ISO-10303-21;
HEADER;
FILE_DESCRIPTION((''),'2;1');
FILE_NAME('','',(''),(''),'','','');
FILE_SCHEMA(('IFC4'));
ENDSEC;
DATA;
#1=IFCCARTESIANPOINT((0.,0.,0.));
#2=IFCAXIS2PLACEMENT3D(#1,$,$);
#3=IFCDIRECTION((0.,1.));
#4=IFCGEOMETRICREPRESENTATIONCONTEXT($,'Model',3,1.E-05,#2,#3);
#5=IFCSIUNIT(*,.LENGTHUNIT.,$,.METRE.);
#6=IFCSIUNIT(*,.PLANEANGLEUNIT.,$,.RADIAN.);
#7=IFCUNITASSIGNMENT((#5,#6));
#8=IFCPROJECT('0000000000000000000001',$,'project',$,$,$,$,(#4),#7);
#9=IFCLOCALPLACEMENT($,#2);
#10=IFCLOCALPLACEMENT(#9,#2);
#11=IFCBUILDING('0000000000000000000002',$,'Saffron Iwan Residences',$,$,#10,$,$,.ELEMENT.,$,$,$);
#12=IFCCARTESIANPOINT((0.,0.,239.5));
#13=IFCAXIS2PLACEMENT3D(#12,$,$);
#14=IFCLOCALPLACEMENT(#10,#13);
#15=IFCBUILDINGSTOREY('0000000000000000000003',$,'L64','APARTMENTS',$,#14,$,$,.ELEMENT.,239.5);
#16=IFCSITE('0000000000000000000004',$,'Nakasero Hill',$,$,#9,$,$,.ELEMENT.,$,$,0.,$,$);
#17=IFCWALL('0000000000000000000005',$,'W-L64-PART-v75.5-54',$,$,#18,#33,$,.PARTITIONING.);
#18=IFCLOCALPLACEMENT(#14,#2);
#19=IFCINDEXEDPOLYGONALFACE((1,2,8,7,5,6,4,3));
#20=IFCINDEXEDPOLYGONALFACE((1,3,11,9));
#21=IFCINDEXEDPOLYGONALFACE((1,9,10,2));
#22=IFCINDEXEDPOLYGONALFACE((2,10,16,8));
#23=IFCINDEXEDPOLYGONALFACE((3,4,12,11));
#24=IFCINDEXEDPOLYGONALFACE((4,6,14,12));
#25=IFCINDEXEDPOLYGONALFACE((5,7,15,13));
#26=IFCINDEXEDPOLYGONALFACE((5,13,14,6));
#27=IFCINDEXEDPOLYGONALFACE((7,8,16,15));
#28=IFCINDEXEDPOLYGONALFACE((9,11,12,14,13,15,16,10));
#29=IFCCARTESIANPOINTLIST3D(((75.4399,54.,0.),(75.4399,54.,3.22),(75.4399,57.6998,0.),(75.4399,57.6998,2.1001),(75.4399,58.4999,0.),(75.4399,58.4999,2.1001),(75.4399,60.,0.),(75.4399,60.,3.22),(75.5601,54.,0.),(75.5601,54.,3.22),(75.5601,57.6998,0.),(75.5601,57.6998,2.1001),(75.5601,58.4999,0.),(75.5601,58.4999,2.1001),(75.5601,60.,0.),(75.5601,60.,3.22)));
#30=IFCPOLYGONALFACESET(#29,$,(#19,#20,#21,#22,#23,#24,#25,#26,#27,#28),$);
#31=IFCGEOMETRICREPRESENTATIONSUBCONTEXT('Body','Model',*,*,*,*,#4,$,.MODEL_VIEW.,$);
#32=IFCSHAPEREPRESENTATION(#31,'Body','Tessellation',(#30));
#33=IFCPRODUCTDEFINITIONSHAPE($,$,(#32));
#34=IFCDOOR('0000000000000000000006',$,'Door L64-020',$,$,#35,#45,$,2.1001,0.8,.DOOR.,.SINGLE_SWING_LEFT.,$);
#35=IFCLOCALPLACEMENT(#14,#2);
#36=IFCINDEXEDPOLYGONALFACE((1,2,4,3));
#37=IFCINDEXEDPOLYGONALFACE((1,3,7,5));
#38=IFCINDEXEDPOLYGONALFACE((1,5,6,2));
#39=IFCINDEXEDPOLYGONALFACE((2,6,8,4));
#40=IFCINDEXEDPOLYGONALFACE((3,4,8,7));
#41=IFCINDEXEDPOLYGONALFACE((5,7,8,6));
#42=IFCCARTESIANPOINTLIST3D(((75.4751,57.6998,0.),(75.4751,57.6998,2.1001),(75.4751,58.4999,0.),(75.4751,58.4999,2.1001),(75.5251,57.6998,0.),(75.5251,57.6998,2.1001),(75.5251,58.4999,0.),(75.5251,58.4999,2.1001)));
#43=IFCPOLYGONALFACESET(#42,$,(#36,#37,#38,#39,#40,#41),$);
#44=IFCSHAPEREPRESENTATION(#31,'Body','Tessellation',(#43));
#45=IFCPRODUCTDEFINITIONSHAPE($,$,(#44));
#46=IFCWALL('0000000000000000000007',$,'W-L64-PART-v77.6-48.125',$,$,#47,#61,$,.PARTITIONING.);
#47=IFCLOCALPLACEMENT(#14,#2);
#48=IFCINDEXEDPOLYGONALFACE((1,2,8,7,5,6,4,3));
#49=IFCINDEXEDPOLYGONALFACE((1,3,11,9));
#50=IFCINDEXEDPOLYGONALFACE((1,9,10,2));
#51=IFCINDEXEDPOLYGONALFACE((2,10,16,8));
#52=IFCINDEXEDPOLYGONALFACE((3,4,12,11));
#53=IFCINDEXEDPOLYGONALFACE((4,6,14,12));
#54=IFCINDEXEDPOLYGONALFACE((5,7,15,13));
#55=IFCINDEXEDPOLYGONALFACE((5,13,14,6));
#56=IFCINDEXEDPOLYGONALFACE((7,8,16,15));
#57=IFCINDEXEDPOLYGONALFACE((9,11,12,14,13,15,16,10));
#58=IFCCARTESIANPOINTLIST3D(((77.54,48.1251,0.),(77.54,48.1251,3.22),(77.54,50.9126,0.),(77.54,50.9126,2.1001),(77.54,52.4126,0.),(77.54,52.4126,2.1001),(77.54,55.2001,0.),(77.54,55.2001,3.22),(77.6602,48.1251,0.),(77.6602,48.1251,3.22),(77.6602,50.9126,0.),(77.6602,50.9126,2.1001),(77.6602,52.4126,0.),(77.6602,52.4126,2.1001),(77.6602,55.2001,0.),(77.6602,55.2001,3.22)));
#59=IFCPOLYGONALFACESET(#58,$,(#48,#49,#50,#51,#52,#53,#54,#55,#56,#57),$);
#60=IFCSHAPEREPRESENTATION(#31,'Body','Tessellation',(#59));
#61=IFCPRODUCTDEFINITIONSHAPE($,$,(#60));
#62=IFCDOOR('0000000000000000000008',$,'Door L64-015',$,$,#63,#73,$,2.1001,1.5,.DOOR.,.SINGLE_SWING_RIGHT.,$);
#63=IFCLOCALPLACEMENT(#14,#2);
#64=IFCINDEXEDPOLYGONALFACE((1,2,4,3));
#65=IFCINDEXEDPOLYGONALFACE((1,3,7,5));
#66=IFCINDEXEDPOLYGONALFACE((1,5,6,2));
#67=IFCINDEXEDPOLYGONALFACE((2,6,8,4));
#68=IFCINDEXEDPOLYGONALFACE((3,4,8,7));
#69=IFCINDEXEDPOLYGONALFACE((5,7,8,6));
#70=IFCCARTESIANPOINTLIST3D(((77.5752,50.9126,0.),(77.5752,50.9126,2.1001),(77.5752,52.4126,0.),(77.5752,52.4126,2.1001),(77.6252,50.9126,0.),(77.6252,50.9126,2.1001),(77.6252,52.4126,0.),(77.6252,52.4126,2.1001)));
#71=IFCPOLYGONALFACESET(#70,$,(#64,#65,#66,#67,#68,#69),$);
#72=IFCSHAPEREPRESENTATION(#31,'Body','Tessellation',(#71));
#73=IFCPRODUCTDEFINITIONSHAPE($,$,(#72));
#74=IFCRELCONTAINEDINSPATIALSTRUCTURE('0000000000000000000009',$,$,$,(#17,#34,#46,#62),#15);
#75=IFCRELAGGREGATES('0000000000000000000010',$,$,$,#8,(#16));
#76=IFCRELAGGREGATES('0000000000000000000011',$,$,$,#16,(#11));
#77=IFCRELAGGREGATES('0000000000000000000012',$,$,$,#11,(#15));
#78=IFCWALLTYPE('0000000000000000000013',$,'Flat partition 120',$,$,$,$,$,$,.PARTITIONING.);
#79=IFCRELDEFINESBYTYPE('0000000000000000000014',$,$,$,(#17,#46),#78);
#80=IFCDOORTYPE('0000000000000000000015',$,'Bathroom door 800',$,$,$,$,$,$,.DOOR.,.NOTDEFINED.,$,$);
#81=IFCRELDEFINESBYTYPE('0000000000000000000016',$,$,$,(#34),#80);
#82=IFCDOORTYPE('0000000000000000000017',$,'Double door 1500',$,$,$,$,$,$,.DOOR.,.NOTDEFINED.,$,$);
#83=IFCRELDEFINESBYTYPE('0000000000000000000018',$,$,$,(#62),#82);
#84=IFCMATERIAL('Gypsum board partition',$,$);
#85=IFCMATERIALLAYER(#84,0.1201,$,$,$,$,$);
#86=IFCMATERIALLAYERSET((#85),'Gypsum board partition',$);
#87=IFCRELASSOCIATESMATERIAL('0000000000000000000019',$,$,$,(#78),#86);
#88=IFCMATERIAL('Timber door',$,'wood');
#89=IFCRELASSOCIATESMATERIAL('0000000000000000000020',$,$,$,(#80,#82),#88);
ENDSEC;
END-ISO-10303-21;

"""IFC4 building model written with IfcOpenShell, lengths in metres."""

from ifc_helpers import new_model, si_unit, direction, frame, frame_2d, origin, place, context, subcontext, project, spatial, rectangle, extrude, material, layer, layer_set, type_object, element, fill, save


model = new_model("IFC4")

# Units and contexts
model_context = context("Model", 3, precision=1e-05, world=origin(), true_north=direction((0.0, 1.0)))
body_context = subcontext(model_context, "Body", "Model", "MODEL_VIEW")
ifc_project = project(units=[si_unit("LENGTHUNIT", "METRE"), si_unit("PLANEANGLEUNIT", "RADIAN")], contexts=[model_context])

# Site, building, storey
site_placement = place(None, origin())
site = spatial("IfcSite", under=ifc_project, at=site_placement, Name="Nakasero Hill", CompositionType="ELEMENT", RefElevation=0.0)
building_placement = place(site_placement, origin())
building = spatial("IfcBuilding", under=site, at=building_placement, Name="Saffron Iwan Residences", CompositionType="ELEMENT")
storey_placement = place(building_placement, frame((0.0, 0.0, 239.5)))
storey = spatial("IfcBuildingStorey", under=building, at=storey_placement, Name="L64", Description="APARTMENTS", CompositionType="ELEMENT", Elevation=239.5)

# Shared definitions
ifc_material_1 = material(Name="Gypsum board partition")
ifc_layer_1 = layer(ifc_material_1, 0.1201)
ifc_layer_set_1 = layer_set([ifc_layer_1], Name="Gypsum board partition")
wall_type_1 = type_object("IfcWallType", Name="Flat partition 120", PredefinedType="PARTITIONING", material=ifc_layer_set_1)
ifc_material_2 = material(Name="Timber door", Category="wood")
door_type_1 = type_object("IfcDoorType", Name="Bathroom door 800", OperationType="NOTDEFINED", PredefinedType="DOOR", material=ifc_material_2)

# Walls, openings, doors
wall_1_placement = place(storey_placement, frame((75.5, 54.0, 0.0), z_axis=(0.0, 0.0, 1.0), x_axis=(0.0, 1.0, 0.0)))
wall_1 = element("IfcWall", 1, at=wall_1_placement, inside=storey, type_object=wall_type_1, Name="W-L64-PART-v75.5-54", PredefinedType="PARTITIONING", context=body_context, shape_type="SweptSolid", body=[
    extrude(rectangle(XDim=6.0, YDim=0.1201, at=frame_2d((3.0, 0.0))), origin(), (0.0, 0.0, 1.0), 3.22),
])
opening_1_placement = place(wall_1_placement, frame((3.7, 0.0, 0.0)))
opening_1 = element("IfcOpeningElement", 2, at=opening_1_placement, cuts=wall_1, PredefinedType="OPENING", context=body_context, shape_type="SweptSolid", body=[
    extrude(rectangle(XDim=0.8, YDim=2.1001, at=frame_2d((0.3999, 1.05))), frame((0.0, 0.0701, 0.0), z_axis=(0.0, -1.0, 0.0), x_axis=(1.0, 0.0, 0.0)), (0.0, 0.0, 1.0), 0.1401),
])
door_1_placement = place(opening_1_placement, origin())
door_1 = element("IfcDoor", 3, at=door_1_placement, inside=storey, type_object=door_type_1, Name="Door L64-020", OperationType="SINGLE_SWING_LEFT", OverallHeight=2.1001, OverallWidth=0.8, PredefinedType="DOOR", context=body_context, shape_type="SweptSolid", body=[
    extrude(rectangle(XDim=0.8, YDim=2.1001, at=frame_2d((0.3999, 1.05))), frame((0.0, 0.0249, 0.0), z_axis=(0.0, -1.0, 0.0), x_axis=(1.0, 0.0, 0.0)), (0.0, 0.0, 1.0), 0.05),
])
fill(opening_1, door_1)
wall_2_placement = place(storey_placement, frame((77.6001, 48.125, 0.0), z_axis=(0.0, 0.0, 1.0), x_axis=(0.0, 1.0, 0.0)))
wall_2 = element("IfcWall", 4, at=wall_2_placement, inside=storey, type_object=wall_type_1, Name="W-L64-PART-v77.6-48.125", PredefinedType="PARTITIONING", context=body_context, shape_type="SweptSolid", body=[
    extrude(rectangle(XDim=7.075, YDim=0.1201, at=frame_2d((3.5376, 0.0))), origin(), (0.0, 0.0, 1.0), 3.22),
])
opening_2_placement = place(wall_2_placement, frame((2.7876, 0.0, 0.0)))
opening_2 = element("IfcOpeningElement", 5, at=opening_2_placement, cuts=wall_2, PredefinedType="OPENING", context=body_context, shape_type="SweptSolid", body=[
    extrude(rectangle(XDim=1.5, YDim=2.1001, at=frame_2d((0.75, 1.05))), frame((0.0, 0.0701, 0.0), z_axis=(0.0, -1.0, 0.0), x_axis=(1.0, 0.0, 0.0)), (0.0, 0.0, 1.0), 0.1401),
])
door_type_2 = type_object("IfcDoorType", Name="Double door 1500", OperationType="NOTDEFINED", PredefinedType="DOOR", material=ifc_material_2)
door_2_placement = place(opening_2_placement, origin())
door_2 = element("IfcDoor", 6, at=door_2_placement, inside=storey, type_object=door_type_2, Name="Door L64-015", OperationType="SINGLE_SWING_RIGHT", OverallHeight=2.1001, OverallWidth=1.5, PredefinedType="DOOR", context=body_context, shape_type="SweptSolid", body=[
    extrude(rectangle(XDim=1.5, YDim=2.1001, at=frame_2d((0.75, 1.05))), frame((0.0, 0.0249, 0.0), z_axis=(0.0, -1.0, 0.0), x_axis=(1.0, 0.0, 0.0)), (0.0, 0.0, 1.0), 0.05),
])
fill(opening_2, door_2)

save(model, "model.ifc")
